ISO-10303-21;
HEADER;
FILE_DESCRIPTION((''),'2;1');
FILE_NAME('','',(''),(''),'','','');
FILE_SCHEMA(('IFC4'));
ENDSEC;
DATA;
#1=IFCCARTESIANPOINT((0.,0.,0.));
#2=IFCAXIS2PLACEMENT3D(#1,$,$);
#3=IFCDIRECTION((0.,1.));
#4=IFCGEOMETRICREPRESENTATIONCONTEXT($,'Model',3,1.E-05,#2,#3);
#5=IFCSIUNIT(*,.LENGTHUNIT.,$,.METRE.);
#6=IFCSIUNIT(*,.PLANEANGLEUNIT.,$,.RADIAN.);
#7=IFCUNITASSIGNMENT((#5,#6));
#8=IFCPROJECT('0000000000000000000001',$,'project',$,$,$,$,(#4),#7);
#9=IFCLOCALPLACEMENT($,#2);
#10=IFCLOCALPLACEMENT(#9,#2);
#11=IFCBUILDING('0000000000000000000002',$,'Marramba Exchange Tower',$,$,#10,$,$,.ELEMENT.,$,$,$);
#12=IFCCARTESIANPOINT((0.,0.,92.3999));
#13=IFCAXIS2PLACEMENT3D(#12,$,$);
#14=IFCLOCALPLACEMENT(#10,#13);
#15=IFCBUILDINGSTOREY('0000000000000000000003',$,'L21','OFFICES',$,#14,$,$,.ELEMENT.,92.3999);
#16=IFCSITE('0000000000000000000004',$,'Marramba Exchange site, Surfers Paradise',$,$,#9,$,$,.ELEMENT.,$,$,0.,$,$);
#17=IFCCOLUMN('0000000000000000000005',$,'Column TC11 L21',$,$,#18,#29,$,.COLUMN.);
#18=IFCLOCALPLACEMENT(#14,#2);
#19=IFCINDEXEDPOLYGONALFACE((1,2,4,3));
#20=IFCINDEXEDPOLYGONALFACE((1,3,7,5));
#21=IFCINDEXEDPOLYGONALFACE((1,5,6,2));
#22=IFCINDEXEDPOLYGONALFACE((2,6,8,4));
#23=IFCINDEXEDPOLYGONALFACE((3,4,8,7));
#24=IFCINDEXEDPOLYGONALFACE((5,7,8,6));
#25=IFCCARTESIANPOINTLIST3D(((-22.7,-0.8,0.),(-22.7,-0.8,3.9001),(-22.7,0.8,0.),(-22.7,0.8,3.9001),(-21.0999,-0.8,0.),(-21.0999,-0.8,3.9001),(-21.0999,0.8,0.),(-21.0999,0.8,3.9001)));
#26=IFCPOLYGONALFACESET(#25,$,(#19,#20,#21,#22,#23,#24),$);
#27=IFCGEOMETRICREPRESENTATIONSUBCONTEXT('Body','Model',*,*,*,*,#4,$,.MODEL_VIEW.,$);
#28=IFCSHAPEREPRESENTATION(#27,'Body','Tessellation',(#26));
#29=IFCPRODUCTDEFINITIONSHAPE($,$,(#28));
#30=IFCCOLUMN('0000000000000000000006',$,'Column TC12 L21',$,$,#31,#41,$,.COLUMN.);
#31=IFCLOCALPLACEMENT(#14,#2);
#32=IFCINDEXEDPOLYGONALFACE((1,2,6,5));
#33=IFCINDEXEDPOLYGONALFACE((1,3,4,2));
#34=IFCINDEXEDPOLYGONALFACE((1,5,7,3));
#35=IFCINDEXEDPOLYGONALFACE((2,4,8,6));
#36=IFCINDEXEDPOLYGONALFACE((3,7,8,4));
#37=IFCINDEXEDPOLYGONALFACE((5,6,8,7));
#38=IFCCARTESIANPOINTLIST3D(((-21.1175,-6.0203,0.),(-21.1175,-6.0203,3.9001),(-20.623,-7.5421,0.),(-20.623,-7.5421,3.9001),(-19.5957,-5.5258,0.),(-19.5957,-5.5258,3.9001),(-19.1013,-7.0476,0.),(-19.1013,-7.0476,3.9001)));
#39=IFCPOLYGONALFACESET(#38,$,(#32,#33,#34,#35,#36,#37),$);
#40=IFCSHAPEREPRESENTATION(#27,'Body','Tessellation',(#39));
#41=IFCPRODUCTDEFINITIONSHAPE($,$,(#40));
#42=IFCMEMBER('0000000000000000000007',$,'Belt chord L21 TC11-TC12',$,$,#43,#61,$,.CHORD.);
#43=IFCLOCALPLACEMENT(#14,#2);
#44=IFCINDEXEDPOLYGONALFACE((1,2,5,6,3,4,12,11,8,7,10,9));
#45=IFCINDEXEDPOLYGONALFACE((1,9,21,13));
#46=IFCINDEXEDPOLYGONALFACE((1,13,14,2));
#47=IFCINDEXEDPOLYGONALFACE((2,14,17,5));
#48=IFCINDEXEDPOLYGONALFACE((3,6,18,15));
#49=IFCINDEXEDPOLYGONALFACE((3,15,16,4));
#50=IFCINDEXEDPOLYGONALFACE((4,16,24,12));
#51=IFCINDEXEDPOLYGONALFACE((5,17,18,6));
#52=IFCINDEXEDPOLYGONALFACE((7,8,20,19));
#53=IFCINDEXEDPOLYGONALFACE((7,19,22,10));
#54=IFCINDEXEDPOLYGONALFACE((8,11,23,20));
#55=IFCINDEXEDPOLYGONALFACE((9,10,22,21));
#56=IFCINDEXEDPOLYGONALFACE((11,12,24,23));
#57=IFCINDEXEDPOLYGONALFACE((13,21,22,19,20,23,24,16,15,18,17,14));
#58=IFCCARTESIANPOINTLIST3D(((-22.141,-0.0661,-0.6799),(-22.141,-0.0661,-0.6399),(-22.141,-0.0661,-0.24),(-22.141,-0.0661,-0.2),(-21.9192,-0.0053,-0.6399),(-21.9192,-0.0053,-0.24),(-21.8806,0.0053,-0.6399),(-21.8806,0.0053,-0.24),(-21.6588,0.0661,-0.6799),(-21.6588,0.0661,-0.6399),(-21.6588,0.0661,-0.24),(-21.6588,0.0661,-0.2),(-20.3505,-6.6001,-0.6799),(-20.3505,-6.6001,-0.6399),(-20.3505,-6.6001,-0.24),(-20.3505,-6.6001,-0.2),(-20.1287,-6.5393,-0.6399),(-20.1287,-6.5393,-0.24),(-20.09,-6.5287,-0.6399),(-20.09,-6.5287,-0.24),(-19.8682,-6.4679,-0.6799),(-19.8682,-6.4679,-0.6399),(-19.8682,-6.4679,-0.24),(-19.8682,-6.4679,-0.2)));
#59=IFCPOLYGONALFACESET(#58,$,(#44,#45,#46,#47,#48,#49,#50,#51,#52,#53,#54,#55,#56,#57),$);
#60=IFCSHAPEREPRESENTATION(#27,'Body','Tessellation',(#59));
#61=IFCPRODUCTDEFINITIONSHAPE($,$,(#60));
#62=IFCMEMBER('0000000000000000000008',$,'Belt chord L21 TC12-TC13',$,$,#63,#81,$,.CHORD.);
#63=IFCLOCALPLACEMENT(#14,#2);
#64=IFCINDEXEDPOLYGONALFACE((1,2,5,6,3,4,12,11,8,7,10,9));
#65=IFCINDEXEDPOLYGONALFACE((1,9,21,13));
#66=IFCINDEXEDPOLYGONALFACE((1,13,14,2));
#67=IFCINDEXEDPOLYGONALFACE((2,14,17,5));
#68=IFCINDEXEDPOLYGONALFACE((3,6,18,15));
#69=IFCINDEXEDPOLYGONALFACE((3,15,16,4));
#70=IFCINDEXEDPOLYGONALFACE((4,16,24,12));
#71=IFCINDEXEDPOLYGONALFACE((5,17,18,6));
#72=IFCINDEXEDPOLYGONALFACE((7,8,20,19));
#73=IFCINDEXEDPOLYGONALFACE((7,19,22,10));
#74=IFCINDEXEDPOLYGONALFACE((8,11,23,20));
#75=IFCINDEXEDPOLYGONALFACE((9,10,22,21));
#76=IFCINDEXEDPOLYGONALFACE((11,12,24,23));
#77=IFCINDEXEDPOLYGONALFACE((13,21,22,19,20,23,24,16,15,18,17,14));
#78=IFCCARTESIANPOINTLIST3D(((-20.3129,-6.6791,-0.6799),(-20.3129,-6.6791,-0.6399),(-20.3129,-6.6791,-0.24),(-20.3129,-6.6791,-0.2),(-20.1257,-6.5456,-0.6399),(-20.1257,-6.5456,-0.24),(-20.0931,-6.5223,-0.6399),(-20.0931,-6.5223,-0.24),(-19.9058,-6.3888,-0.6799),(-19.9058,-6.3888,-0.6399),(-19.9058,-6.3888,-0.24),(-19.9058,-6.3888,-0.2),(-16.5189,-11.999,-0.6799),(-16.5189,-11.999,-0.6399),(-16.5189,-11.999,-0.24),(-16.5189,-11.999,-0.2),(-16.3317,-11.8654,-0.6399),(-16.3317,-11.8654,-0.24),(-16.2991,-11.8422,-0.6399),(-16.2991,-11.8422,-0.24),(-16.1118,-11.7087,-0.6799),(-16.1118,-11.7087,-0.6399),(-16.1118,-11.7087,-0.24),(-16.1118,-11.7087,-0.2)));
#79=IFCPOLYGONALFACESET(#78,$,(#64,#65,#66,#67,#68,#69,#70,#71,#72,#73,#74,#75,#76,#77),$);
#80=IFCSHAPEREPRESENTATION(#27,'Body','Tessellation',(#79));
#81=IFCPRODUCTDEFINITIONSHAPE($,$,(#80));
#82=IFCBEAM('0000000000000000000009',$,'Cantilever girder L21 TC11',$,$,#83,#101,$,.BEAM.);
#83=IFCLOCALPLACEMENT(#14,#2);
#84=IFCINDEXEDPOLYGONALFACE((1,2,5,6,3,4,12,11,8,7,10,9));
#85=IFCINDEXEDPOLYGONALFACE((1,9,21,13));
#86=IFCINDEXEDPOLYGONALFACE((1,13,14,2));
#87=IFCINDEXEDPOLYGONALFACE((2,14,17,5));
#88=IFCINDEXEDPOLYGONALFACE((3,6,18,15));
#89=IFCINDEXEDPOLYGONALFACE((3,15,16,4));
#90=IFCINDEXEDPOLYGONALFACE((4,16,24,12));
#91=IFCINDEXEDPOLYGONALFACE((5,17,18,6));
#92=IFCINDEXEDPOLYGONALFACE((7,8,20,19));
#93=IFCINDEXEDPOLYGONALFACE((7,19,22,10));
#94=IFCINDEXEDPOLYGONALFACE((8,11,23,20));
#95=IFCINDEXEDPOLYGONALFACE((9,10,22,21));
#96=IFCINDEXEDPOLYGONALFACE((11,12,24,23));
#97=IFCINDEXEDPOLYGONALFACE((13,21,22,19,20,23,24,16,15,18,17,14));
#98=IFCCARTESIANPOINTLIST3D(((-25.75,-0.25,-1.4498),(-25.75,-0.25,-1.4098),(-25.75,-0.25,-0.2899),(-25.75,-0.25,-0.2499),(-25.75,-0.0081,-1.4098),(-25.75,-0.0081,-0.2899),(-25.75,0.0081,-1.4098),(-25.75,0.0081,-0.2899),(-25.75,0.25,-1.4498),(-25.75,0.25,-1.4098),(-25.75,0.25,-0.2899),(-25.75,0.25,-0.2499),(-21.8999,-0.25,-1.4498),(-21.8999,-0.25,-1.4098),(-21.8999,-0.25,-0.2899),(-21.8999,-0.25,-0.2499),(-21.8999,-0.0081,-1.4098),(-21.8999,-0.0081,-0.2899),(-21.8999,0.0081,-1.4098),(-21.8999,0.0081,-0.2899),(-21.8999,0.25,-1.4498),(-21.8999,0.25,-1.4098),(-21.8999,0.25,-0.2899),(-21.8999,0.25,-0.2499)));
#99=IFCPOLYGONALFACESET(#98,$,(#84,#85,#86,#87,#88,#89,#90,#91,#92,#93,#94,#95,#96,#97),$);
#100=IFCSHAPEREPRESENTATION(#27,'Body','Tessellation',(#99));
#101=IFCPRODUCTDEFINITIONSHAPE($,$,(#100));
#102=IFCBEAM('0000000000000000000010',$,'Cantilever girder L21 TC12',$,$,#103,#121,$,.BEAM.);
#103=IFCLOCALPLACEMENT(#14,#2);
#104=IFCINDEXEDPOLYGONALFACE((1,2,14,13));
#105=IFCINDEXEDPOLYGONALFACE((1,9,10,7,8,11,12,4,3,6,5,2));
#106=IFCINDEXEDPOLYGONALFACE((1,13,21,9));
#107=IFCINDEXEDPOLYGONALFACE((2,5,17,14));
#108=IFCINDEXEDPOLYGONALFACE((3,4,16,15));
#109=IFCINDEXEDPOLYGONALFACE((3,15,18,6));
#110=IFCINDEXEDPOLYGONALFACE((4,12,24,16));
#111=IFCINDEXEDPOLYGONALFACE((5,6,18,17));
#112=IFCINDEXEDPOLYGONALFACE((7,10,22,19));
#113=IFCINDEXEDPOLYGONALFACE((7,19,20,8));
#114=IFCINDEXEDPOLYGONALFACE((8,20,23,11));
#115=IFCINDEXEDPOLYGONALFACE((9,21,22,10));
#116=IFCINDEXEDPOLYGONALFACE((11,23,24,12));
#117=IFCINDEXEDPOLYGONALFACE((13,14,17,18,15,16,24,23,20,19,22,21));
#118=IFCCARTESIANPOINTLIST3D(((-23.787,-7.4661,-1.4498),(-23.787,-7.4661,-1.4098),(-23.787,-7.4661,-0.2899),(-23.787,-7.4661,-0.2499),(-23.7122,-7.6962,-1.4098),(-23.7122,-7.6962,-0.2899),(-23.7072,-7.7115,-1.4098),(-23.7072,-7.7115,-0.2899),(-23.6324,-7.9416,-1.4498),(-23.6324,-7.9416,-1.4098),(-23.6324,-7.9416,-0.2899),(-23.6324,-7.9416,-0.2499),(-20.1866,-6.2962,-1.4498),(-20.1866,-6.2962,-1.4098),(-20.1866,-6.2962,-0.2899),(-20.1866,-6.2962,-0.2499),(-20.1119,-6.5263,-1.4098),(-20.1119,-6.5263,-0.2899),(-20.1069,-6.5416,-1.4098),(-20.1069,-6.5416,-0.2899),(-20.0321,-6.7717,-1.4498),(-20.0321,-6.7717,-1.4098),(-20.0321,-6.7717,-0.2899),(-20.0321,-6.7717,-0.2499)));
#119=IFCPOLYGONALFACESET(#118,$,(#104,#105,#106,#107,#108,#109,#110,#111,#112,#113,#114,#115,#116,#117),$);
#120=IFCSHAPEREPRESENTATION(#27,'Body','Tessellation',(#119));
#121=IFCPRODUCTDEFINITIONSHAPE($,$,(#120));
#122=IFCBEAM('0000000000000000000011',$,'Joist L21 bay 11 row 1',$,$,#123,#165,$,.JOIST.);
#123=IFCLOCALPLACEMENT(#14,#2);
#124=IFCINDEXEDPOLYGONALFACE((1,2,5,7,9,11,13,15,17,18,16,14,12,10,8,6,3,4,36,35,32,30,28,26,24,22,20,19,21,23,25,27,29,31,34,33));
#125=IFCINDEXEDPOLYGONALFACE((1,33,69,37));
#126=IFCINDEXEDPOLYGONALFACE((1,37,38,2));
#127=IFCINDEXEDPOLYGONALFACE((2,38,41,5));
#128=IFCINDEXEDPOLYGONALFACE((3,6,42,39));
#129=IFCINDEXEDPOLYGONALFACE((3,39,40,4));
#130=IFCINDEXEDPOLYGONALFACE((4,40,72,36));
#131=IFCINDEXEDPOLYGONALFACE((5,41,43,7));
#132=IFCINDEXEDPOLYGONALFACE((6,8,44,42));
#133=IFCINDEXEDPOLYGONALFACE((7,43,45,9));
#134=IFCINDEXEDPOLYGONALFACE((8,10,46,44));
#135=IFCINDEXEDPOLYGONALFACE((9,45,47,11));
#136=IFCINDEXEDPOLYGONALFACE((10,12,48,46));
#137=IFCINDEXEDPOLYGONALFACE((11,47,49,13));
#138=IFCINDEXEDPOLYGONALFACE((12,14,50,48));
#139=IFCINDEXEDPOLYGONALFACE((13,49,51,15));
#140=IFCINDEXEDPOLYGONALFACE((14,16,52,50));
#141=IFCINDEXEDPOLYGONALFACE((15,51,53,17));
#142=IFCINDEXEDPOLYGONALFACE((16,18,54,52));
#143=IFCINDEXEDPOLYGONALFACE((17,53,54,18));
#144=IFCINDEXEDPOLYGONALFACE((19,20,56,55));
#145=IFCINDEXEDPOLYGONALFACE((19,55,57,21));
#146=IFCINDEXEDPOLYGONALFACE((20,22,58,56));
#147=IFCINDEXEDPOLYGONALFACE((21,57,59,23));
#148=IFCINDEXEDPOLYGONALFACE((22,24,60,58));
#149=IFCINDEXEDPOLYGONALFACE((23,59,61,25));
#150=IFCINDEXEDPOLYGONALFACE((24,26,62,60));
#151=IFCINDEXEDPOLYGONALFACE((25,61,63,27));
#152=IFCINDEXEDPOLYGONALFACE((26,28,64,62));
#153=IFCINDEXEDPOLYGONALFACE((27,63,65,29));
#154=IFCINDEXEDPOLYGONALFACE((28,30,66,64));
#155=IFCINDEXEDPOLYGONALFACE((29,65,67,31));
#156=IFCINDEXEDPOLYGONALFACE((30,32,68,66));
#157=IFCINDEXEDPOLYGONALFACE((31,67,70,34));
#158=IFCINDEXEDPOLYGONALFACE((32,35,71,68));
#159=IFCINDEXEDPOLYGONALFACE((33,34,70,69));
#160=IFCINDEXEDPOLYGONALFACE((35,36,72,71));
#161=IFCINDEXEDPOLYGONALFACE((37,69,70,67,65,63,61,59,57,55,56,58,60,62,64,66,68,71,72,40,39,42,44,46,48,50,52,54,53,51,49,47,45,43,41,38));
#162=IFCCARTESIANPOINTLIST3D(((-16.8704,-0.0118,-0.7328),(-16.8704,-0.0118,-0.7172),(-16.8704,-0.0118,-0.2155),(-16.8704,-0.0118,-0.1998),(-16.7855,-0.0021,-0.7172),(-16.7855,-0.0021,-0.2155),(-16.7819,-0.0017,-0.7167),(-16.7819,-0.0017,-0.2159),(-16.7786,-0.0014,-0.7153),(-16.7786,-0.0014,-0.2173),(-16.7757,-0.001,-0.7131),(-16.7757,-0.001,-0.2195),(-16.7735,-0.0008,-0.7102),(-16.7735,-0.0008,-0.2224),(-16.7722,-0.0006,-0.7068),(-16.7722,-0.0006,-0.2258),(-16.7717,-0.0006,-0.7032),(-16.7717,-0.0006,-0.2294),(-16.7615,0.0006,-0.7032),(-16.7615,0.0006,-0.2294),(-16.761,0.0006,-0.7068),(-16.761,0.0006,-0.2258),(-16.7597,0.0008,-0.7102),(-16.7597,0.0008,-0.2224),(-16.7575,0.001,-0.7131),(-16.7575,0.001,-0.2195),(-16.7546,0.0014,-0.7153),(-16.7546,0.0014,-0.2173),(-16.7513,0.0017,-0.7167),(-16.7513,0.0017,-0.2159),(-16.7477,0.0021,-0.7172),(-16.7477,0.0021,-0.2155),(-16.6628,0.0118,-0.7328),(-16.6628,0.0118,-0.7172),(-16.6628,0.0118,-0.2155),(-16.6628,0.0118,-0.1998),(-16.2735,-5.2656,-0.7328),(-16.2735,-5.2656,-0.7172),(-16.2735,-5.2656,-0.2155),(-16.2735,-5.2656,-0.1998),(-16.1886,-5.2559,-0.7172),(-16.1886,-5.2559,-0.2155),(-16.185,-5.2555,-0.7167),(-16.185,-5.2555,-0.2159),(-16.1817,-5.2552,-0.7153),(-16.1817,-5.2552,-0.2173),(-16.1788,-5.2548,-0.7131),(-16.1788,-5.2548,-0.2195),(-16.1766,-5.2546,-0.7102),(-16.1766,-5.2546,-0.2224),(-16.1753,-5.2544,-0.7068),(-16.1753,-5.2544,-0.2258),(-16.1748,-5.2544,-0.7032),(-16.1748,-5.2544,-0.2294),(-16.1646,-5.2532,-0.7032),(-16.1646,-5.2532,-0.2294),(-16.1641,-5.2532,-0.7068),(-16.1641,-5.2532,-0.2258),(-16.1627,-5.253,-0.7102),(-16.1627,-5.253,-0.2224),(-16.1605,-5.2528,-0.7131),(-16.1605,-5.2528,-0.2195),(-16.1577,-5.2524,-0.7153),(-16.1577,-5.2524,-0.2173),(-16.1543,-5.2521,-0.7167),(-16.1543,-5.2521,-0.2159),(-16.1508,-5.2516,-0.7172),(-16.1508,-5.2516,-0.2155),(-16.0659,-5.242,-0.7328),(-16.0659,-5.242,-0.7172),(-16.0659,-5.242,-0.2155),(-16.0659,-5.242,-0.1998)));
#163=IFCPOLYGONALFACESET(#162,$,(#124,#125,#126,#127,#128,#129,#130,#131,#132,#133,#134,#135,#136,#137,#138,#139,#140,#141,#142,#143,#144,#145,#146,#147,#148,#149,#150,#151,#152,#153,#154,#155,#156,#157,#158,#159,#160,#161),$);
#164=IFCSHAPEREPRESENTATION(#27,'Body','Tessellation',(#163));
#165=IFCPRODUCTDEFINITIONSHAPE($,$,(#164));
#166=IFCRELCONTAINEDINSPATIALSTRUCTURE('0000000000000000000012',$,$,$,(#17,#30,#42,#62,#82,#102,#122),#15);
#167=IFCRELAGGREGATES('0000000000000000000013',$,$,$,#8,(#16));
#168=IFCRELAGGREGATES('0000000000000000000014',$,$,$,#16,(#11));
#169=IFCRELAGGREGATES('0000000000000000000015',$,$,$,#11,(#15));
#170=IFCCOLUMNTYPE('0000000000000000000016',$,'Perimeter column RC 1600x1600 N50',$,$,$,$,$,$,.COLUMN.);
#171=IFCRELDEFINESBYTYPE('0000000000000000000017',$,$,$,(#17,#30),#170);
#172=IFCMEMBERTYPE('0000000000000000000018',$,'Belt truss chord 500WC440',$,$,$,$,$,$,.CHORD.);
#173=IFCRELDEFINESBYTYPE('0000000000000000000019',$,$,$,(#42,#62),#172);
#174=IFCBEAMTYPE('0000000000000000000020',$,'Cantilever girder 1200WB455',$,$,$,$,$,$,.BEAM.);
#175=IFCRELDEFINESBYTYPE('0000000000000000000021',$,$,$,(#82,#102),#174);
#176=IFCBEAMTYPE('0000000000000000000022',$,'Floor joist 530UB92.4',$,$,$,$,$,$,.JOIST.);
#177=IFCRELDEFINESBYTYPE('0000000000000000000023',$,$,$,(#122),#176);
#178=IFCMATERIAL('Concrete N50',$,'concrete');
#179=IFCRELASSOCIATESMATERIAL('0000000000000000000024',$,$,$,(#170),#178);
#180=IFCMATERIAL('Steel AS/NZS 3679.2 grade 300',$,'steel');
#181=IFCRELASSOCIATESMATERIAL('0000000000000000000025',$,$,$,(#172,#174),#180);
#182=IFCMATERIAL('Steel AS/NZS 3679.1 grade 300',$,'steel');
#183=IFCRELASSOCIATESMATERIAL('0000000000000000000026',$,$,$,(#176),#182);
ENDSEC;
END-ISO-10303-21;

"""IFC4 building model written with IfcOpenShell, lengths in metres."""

from ifc_helpers import new_model, si_unit, direction, frame, origin, origin_2d, place, context, subcontext, project, spatial, rectangle, i_section, extrude, material, material_profile, profile_set, type_object, element, save


model = new_model("IFC4")

# Units and contexts
model_context = context("Model", 3, precision=1e-05, world=origin(), true_north=direction((0.0, 1.0)))
body_context = subcontext(model_context, "Body", "Model", "MODEL_VIEW")
ifc_project = project(units=[si_unit("LENGTHUNIT", "METRE"), si_unit("PLANEANGLEUNIT", "RADIAN")], contexts=[model_context])

# Site, building, storey
site_placement = place(None, origin())
site = spatial("IfcSite", under=ifc_project, at=site_placement, Name="Marramba Exchange site, Surfers Paradise", CompositionType="ELEMENT", RefElevation=0.0)
building_placement = place(site_placement, origin())
building = spatial("IfcBuilding", under=site, at=building_placement, Name="Marramba Exchange Tower", CompositionType="ELEMENT")
storey_placement = place(building_placement, frame((0.0, 0.0, 92.3999)))
storey = spatial("IfcBuildingStorey", under=building, at=storey_placement, Name="L21", Description="OFFICES", CompositionType="ELEMENT", Elevation=92.3999)

# Columns
ifc_material_1 = material(Name="Concrete N50", Category="concrete")
ifc_material_profile_1 = material_profile(ifc_material_1, rectangle(XDim=1.6001, YDim=1.6001, at=origin_2d()), Name="RC 1600x1600")
ifc_profile_set_1 = profile_set([ifc_material_profile_1], Name="Concrete N50")
column_type = type_object("IfcColumnType", Name="Perimeter column RC 1600x1600 N50", PredefinedType="COLUMN", material=ifc_profile_set_1)
for number, where, z_axis, x_axis, name in (
    (1, (-21.8999, 0.0, 0.0), (0.0, 0.0, 1.0), (-1.0, 0.0, 0.0), "Column TC11 L21"),
    (2, (-20.1094, -6.5339, 0.0), (0.0, 0.0, 1.0), (-0.951057, -0.309017, 0.0), "Column TC12 L21"),
):
    element("IfcColumn", number, at=place(storey_placement, frame(where, z_axis=z_axis, x_axis=x_axis)), inside=storey, type_object=column_type, Name=name, PredefinedType="COLUMN", context=body_context, shape_type="SweptSolid", body=[
        extrude(rectangle(XDim=1.6001, YDim=1.6001, at=origin_2d()), origin(), (0.0, 0.0, 1.0), 3.9001),
    ])

# Members
ifc_material_2 = material(Name="Steel AS/NZS 3679.2 grade 300", Category="steel")
ifc_material_profile_2 = material_profile(ifc_material_2, i_section(OverallWidth=0.5, OverallDepth=0.48, WebThickness=0.04, FlangeThickness=0.04, at=origin_2d()), Name="500WC440")
ifc_profile_set_2 = profile_set([ifc_material_profile_2], Name="Steel AS/NZS 3679.2 grade 300")
member_type_1 = type_object("IfcMemberType", Name="Belt truss chord 500WC440", PredefinedType="CHORD", material=ifc_profile_set_2)
member_1_placement = place(storey_placement, frame((-21.8999, 0.0, -0.4399), z_axis=(0.264291, -0.964443, 0.0), x_axis=(0.964443, 0.264291, 0.0)))
element("IfcMember", 3, at=member_1_placement, inside=storey, type_object=member_type_1, Name="Belt chord L21 TC11-TC12", PredefinedType="CHORD", context=body_context, shape_type="SweptSolid", body=[
    extrude(i_section(OverallWidth=0.5, OverallDepth=0.48, WebThickness=0.04, FlangeThickness=0.04, at=origin_2d()), origin(), (0.0, 0.0, 1.0), 6.7749),
])
member_2_placement = place(storey_placement, frame((-20.1094, -6.5339, -0.4399), z_axis=(0.580637, -0.814162, 0.0), x_axis=(0.814162, 0.580637, 0.0)))
element("IfcMember", 4, at=member_2_placement, inside=storey, type_object=member_type_1, Name="Belt chord L21 TC12-TC13", PredefinedType="CHORD", context=body_context, shape_type="SweptSolid", body=[
    extrude(i_section(OverallWidth=0.5, OverallDepth=0.48, WebThickness=0.04, FlangeThickness=0.04, at=origin_2d()), origin(), (0.0, 0.0, 1.0), 6.5342),
])

# Beams
ifc_material_profile_3 = material_profile(ifc_material_2, i_section(OverallWidth=0.5, OverallDepth=1.2, WebThickness=0.0161, FlangeThickness=0.04, at=origin_2d()), Name="1200WB455")
ifc_profile_set_3 = profile_set([ifc_material_profile_3], Name="Steel AS/NZS 3679.2 grade 300")
beam_type_1 = type_object("IfcBeamType", Name="Cantilever girder 1200WB455", PredefinedType="BEAM", material=ifc_profile_set_3)
beam_1_placement = place(storey_placement, frame((-21.8999, 0.0, -0.8499), z_axis=(-1.0, 0.0, 0.0), x_axis=(0.0, -1.0, 0.0)))
element("IfcBeam", 5, at=beam_1_placement, inside=storey, type_object=beam_type_1, Name="Cantilever girder L21 TC11", PredefinedType="BEAM", context=body_context, shape_type="SweptSolid", body=[
    extrude(i_section(OverallWidth=0.5, OverallDepth=1.2, WebThickness=0.0161, FlangeThickness=0.04, at=origin_2d()), origin(), (0.0, 0.0, 1.0), 3.8501),
])
beam_2_placement = place(storey_placement, frame((-20.1094, -6.5339, -0.8499), z_axis=(-0.951049, -0.309041, 0.0), x_axis=(0.309041, -0.951049, 0.0)))
element("IfcBeam", 6, at=beam_2_placement, inside=storey, type_object=beam_type_1, Name="Cantilever girder L21 TC12", PredefinedType="BEAM", context=body_context, shape_type="SweptSolid", body=[
    extrude(i_section(OverallWidth=0.5, OverallDepth=1.2, WebThickness=0.0161, FlangeThickness=0.04, at=origin_2d()), origin(), (0.0, 0.0, 1.0), 3.7856),
])
ifc_material_3 = material(Name="Steel AS/NZS 3679.1 grade 300", Category="steel")
ifc_material_profile_4 = material_profile(ifc_material_3, i_section(OverallWidth=0.209, OverallDepth=0.533, WebThickness=0.0103, FlangeThickness=0.0156, FilletRadius=0.0139, at=origin_2d()), Name="530UB92.4")
ifc_profile_set_4 = profile_set([ifc_material_profile_4], Name="Steel AS/NZS 3679.1 grade 300")
beam_type_2 = type_object("IfcBeamType", Name="Floor joist 530UB92.4", PredefinedType="JOIST", material=ifc_profile_set_4)
beam_3_placement = place(storey_placement, frame((-16.7666, 0.0, -0.4663), z_axis=(0.112889, -0.993608, 0.0), x_axis=(0.993608, 0.112889, 0.0)))
element("IfcBeam", 7, at=beam_3_placement, inside=storey, type_object=beam_type_2, Name="Joist L21 bay 11 row 1", PredefinedType="JOIST", context=body_context, shape_type="SweptSolid", body=[
    extrude(i_section(OverallWidth=0.209, OverallDepth=0.533, WebThickness=0.0103, FlangeThickness=0.0156, FilletRadius=0.0139, at=origin_2d()), origin(), (0.0, 0.0, 1.0), 5.2876),
])

save(model, "model.ifc")
